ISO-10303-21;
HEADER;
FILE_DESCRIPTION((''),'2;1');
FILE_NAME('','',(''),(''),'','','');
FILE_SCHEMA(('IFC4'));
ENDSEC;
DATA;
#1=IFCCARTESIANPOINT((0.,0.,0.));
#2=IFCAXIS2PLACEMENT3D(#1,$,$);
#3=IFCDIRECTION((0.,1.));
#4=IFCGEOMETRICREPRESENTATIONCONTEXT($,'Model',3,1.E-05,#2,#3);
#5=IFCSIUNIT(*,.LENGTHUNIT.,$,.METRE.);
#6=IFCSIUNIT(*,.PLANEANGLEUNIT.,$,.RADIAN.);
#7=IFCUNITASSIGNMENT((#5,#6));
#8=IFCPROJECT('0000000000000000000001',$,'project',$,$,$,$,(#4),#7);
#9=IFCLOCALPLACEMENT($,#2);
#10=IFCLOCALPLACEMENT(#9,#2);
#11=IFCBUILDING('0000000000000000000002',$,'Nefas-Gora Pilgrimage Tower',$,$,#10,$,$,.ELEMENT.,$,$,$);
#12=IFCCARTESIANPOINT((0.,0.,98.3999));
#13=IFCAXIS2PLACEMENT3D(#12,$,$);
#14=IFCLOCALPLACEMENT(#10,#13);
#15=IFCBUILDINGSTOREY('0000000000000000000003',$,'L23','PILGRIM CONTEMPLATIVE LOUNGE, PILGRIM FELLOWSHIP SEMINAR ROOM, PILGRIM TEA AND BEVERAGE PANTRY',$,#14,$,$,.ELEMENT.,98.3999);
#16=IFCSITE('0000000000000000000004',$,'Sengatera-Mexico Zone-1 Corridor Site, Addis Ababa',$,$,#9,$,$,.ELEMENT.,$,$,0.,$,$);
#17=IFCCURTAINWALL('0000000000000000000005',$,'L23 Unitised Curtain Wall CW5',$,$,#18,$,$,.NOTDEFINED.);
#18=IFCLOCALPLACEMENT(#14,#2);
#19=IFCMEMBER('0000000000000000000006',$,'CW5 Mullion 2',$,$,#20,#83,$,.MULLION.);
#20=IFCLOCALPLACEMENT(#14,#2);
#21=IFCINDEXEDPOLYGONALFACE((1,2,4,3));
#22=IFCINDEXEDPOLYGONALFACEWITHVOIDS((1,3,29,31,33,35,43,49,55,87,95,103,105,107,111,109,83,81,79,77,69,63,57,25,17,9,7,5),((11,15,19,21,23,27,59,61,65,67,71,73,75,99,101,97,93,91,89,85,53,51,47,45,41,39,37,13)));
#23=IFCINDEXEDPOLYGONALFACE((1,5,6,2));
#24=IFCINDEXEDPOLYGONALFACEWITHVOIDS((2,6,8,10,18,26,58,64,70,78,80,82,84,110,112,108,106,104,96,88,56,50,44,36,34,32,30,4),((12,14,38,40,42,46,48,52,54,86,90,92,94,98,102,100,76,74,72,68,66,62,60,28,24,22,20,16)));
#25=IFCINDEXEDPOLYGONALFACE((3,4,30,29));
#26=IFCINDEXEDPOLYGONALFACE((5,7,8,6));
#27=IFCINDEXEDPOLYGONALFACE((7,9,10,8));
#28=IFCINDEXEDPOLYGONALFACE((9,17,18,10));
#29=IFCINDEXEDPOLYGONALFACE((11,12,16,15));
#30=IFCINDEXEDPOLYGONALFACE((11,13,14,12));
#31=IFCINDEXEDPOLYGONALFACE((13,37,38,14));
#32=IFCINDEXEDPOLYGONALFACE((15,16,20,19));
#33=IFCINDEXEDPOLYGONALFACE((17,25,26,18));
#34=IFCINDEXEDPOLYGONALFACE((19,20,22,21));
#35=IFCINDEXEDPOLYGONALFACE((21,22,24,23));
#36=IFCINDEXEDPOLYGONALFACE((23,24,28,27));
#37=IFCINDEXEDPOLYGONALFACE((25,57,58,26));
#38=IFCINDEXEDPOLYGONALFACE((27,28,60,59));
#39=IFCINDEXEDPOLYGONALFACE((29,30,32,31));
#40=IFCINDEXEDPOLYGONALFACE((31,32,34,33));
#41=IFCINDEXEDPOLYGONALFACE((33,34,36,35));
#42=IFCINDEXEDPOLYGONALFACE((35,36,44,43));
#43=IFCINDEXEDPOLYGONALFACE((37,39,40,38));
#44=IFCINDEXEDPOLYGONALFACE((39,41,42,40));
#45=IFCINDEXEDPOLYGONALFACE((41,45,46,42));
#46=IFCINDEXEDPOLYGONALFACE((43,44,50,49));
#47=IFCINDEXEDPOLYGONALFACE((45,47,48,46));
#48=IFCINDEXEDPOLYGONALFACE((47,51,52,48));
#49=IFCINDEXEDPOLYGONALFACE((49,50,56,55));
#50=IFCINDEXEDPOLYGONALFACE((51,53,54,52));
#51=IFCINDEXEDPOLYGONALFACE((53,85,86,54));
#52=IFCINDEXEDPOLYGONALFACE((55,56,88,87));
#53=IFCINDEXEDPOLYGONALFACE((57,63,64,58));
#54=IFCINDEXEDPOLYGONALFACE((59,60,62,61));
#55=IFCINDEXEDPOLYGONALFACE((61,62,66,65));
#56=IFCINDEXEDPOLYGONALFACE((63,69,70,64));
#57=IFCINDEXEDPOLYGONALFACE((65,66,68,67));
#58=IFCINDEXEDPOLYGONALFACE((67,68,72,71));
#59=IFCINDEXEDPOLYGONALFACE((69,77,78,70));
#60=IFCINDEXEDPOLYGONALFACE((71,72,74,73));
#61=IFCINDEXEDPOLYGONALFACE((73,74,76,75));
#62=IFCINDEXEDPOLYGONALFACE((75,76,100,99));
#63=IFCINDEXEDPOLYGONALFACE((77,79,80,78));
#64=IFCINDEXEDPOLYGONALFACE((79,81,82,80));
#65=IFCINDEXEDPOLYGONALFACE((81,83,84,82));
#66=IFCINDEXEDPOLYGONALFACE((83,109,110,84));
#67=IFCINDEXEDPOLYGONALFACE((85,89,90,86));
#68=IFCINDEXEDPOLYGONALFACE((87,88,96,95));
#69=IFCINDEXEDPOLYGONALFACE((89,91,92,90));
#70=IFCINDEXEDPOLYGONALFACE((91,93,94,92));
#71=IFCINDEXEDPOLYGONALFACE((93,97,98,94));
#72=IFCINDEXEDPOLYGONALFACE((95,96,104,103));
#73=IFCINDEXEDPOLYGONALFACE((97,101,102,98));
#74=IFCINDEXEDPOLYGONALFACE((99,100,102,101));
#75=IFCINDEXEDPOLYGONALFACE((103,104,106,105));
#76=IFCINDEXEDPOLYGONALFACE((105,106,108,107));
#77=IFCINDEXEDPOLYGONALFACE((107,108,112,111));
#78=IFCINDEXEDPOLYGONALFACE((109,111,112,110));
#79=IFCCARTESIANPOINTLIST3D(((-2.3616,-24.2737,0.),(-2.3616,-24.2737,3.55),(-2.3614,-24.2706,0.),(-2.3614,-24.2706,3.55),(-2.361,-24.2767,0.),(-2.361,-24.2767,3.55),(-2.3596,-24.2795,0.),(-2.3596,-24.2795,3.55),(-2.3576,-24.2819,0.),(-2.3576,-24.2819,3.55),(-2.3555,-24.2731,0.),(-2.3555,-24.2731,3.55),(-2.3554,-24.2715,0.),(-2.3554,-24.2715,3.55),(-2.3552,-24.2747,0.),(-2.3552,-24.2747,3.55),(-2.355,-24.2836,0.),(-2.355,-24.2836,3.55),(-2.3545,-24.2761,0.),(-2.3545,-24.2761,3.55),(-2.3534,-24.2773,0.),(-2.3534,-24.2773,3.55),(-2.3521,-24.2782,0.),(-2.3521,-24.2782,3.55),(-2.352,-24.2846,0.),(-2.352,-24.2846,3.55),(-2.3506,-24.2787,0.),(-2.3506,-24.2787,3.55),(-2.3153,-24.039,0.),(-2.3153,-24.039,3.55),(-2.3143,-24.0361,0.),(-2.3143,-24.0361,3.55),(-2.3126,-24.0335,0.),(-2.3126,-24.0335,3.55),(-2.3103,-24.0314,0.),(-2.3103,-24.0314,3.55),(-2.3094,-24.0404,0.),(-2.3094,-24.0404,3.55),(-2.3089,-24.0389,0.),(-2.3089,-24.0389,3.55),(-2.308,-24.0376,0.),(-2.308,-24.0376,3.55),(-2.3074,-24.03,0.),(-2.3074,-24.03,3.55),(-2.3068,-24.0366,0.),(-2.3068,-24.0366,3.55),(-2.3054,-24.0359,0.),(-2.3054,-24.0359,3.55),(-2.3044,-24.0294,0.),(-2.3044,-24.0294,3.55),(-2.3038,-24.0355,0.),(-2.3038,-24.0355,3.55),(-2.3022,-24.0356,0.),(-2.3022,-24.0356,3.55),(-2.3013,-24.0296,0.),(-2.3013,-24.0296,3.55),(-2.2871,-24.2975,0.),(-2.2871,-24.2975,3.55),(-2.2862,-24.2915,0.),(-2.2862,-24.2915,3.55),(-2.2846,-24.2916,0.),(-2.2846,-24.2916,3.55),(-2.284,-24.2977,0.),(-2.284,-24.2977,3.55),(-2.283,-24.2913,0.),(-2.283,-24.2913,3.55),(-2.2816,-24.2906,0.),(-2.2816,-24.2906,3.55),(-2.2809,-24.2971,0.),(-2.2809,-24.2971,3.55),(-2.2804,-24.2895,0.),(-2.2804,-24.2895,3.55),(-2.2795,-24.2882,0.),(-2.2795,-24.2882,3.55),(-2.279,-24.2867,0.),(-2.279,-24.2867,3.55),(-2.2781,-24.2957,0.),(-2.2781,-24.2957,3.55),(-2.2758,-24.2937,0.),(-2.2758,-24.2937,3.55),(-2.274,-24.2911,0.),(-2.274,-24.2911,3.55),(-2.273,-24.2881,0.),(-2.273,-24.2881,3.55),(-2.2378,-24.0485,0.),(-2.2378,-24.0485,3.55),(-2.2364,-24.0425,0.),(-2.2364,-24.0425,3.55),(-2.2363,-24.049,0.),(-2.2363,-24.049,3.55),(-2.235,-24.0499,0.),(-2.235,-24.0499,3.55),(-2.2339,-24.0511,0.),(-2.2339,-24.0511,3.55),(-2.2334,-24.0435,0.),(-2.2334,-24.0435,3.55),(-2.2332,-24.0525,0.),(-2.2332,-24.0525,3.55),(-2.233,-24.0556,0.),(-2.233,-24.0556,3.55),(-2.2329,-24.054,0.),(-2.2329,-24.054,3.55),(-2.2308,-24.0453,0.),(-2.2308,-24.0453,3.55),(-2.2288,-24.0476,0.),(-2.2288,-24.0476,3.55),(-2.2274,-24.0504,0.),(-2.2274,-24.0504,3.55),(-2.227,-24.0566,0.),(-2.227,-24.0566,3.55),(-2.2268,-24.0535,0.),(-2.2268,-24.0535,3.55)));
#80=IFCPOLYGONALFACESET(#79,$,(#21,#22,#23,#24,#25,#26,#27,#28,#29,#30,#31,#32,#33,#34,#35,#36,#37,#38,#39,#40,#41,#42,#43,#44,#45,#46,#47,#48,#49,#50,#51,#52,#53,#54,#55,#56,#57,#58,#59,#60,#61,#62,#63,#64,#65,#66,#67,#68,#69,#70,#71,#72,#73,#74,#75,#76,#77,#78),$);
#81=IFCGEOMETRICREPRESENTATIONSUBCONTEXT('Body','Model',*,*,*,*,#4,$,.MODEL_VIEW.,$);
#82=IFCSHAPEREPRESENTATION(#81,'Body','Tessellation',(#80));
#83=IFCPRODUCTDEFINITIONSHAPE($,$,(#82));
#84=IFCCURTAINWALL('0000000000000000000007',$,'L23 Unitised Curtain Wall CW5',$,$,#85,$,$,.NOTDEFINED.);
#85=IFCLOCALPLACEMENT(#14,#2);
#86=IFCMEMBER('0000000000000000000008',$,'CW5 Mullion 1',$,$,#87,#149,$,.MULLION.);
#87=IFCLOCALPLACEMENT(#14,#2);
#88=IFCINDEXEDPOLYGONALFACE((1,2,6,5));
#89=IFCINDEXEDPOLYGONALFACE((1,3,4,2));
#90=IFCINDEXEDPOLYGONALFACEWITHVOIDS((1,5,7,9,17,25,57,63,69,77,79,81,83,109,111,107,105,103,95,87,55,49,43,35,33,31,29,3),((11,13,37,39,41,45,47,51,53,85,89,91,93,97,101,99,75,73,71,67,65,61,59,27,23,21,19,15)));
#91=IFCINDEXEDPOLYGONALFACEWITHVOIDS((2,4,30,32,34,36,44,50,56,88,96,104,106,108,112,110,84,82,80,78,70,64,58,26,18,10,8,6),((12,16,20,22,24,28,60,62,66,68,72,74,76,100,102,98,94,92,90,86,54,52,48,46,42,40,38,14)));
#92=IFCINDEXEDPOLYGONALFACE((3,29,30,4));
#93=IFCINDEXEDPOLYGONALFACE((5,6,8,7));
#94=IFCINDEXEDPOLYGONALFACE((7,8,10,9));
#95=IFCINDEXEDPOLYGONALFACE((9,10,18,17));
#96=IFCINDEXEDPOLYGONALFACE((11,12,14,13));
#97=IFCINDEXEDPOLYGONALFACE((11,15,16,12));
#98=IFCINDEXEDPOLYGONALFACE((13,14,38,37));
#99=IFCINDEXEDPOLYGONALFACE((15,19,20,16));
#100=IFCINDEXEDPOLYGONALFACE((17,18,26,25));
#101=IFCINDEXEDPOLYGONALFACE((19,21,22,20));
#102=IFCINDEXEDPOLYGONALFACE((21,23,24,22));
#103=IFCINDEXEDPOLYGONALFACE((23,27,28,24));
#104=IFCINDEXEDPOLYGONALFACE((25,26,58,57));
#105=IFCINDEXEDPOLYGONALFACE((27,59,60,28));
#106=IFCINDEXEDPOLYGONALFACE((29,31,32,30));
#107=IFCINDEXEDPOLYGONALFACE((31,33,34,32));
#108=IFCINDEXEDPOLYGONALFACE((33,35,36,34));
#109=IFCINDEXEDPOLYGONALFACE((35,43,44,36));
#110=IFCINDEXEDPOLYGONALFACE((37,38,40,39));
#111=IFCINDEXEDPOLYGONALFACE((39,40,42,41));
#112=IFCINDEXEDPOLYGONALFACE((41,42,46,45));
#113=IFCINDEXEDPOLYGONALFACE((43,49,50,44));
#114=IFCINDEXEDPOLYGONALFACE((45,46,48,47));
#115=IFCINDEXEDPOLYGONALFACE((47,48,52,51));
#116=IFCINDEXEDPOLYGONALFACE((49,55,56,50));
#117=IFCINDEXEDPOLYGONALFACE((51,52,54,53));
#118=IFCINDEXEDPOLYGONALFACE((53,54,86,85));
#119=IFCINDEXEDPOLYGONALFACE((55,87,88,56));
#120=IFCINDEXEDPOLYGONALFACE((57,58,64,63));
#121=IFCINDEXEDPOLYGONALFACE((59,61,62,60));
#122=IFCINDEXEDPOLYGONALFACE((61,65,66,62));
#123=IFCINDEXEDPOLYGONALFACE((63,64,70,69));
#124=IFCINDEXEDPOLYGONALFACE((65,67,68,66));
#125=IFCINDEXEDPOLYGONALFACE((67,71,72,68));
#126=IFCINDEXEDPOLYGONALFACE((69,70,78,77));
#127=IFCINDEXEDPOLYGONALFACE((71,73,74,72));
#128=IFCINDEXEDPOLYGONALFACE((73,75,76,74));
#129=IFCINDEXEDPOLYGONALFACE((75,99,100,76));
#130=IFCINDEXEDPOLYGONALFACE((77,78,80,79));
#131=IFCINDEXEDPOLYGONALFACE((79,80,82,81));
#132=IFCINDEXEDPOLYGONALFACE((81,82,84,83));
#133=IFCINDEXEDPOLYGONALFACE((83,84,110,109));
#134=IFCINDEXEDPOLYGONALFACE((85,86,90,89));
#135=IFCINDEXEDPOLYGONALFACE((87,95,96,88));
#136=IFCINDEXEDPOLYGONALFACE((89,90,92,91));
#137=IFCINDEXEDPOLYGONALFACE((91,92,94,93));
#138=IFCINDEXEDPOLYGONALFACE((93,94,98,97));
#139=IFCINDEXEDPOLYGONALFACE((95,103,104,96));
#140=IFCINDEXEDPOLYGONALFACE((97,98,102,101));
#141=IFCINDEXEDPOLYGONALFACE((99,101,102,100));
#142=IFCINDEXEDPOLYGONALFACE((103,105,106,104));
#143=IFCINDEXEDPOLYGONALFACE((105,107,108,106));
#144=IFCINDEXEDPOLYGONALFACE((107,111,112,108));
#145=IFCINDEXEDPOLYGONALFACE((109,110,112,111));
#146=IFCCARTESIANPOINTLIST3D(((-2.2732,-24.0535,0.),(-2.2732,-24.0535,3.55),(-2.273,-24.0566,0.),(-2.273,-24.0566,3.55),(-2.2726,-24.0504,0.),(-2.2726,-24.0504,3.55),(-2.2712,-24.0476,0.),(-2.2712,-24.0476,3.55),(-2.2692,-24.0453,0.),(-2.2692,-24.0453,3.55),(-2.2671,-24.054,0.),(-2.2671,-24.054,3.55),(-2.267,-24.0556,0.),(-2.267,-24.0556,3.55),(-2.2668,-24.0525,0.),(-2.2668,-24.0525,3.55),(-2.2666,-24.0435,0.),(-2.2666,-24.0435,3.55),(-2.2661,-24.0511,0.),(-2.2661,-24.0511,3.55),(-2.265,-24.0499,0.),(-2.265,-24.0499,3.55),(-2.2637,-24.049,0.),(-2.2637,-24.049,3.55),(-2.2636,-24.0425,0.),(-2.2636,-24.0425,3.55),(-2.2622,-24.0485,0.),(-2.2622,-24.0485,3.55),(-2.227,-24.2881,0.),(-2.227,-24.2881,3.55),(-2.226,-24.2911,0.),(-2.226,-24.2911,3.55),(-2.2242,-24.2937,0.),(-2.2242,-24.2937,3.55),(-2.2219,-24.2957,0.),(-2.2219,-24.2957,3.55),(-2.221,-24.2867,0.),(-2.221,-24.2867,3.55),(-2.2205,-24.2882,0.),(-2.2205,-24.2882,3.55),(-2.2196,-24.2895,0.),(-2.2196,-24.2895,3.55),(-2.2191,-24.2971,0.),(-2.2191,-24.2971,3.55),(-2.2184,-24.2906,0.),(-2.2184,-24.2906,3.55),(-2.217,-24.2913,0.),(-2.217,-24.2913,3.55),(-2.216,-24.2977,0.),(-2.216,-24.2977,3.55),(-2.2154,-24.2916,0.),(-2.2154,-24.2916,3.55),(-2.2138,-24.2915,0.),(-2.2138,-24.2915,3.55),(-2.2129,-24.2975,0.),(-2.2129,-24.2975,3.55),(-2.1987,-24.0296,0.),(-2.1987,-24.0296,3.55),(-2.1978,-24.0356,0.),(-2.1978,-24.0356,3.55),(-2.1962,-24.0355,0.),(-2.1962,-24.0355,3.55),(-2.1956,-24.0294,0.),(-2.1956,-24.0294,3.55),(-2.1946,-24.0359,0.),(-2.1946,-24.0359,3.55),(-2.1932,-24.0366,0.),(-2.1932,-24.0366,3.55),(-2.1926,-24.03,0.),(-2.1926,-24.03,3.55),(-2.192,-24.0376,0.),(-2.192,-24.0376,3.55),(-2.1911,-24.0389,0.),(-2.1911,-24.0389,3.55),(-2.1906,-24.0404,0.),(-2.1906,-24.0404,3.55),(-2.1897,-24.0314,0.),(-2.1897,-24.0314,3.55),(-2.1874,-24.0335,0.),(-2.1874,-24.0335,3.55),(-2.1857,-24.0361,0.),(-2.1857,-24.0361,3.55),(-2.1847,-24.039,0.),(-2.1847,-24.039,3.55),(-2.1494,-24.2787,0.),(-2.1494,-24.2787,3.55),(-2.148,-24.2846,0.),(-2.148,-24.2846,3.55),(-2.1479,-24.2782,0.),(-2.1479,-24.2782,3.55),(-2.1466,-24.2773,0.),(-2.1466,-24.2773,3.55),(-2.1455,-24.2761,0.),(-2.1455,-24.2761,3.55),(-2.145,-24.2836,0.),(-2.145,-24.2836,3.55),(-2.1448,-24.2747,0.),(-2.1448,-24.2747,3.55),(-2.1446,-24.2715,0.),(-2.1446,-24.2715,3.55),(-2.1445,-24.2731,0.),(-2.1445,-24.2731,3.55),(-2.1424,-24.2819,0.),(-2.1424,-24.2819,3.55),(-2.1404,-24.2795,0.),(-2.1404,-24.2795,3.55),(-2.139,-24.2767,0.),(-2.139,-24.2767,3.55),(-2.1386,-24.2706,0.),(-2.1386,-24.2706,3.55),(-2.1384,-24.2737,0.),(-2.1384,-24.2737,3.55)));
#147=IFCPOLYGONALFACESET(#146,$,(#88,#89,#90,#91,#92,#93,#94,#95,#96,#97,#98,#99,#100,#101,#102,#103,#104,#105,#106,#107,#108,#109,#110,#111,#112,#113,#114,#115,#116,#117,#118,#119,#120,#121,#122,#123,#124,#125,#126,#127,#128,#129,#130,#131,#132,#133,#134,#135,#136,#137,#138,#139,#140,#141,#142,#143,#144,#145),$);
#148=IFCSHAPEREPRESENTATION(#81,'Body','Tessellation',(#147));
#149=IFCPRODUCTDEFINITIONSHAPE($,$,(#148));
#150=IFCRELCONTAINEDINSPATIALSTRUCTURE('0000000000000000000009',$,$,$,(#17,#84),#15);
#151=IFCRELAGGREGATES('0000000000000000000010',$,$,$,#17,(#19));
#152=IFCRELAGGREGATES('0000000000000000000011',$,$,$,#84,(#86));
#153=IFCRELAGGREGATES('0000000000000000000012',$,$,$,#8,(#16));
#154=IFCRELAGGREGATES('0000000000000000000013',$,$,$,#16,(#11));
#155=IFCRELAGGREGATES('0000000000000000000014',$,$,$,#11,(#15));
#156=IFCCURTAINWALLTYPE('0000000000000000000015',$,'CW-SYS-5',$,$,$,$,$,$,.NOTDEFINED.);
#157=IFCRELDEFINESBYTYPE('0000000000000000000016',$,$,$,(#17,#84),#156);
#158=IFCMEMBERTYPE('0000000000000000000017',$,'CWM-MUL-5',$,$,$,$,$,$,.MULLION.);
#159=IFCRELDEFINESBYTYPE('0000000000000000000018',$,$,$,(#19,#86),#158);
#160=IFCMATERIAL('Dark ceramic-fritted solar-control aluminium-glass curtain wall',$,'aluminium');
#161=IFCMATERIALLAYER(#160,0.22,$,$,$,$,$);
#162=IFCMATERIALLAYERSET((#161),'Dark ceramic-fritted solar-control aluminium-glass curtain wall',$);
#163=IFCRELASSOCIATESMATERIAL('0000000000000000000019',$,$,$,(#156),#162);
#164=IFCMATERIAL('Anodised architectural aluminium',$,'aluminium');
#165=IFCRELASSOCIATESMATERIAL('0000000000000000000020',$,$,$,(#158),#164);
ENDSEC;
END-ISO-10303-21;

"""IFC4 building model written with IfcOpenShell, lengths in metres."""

from ifc_helpers import new_model, si_unit, direction, frame, origin, origin_2d, place, context, subcontext, project, spatial, hollow_rectangle, extrude, source, transform, mapped, material, layer, layer_set, material_profile, profile_set, type_object, element, aggregate, save


model = new_model("IFC4")

# Units and contexts
model_context = context("Model", 3, precision=1e-05, world=origin(), true_north=direction((0.0, 1.0)))
body_context = subcontext(model_context, "Body", "Model", "MODEL_VIEW")
ifc_project = project(units=[si_unit("LENGTHUNIT", "METRE"), si_unit("PLANEANGLEUNIT", "RADIAN")], contexts=[model_context])

# Site, building, storey
site_placement = place(None, origin())
site = spatial("IfcSite", under=ifc_project, at=site_placement, Name="Sengatera-Mexico Zone-1 Corridor Site, Addis Ababa", CompositionType="ELEMENT", RefElevation=0.0)
building_placement = place(site_placement, origin())
building = spatial("IfcBuilding", under=site, at=building_placement, Name="Nefas-Gora Pilgrimage Tower", CompositionType="ELEMENT")
storey_placement = place(building_placement, frame((0.0, 0.0, 98.3999)))
storey = spatial("IfcBuildingStorey", under=building, at=storey_placement, Name="L23", Description="PILGRIM CONTEMPLATIVE LOUNGE, PILGRIM FELLOWSHIP SEMINAR ROOM, PILGRIM TEA AND BEVERAGE PANTRY", CompositionType="ELEMENT", Elevation=98.3999)

# Shared definitions
ifc_material_1 = material(Name="Dark ceramic-fritted solar-control aluminium-glass curtain wall", Category="aluminium")
ifc_layer_1 = layer(ifc_material_1, 0.22)
ifc_layer_set_1 = layer_set([ifc_layer_1], Name="Dark ceramic-fritted solar-control aluminium-glass curtain wall")
curtain_wall_type = type_object("IfcCurtainWallType", Name="CW-SYS-5", PredefinedType="NOTDEFINED", material=ifc_layer_set_1)
ifc_material_2 = material(Name="Anodised architectural aluminium", Category="aluminium")
ifc_material_profile_1 = material_profile(ifc_material_2, hollow_rectangle(XDim=0.0901, YDim=0.26, WallThickness=0.0061, InnerFilletRadius=0.0061, OuterFilletRadius=0.012, at=origin_2d()), Name="ALU MULLION 90x260")
ifc_profile_set_1 = profile_set([ifc_material_profile_1], Name="Anodised architectural aluminium")
member_type_1 = type_object("IfcMemberType", Name="CWM-MUL-5", PredefinedType="MULLION", material=ifc_profile_set_1)
shared_shape_1 = source(origin(), body_context, "Body", "SweptSolid", [
    extrude(hollow_rectangle(XDim=0.0901, YDim=0.26, WallThickness=0.0061, InnerFilletRadius=0.0061, OuterFilletRadius=0.012, at=origin_2d()), origin(), (0.0, 0.0, 1.0), 3.55),
])

# Curtain wall, member
curtain_wall_1_placement = place(storey_placement, origin())
curtain_wall_1 = element("IfcCurtainWall", 1, at=curtain_wall_1_placement, inside=storey, type_object=curtain_wall_type, Name="L23 Unitised Curtain Wall CW5", PredefinedType="NOTDEFINED")
member_1_placement = place(storey_placement, frame((-2.2942, -24.1636, 0.0), z_axis=(0.0, 0.0, 1.0), x_axis=(0.980783, -0.195102, 0.0)))
member_1 = element("IfcMember", 2, at=member_1_placement, type_object=member_type_1, Name="CW5 Mullion 2", PredefinedType="MULLION", context=body_context, shape_type="MappedRepresentation", body=[
    mapped(shared_shape_1, transform((0.0, 0.0, 0.0), x_axis=(1.0, 0.0, 0.0), y_axis=(0.0, 1.0, 0.0), z_axis=(0.0, 0.0, 1.0), scale=1.0)),
])

# Curtain wall, member
curtain_wall_2_placement = place(storey_placement, origin())
curtain_wall_2 = element("IfcCurtainWall", 3, at=curtain_wall_2_placement, inside=storey, type_object=curtain_wall_type, Name="L23 Unitised Curtain Wall CW5", PredefinedType="NOTDEFINED")
member_2_placement = place(storey_placement, frame((-2.2058, -24.1636, 0.0), z_axis=(0.0, 0.0, 1.0), x_axis=(0.980783, 0.195102, 0.0)))
member_2 = element("IfcMember", 4, at=member_2_placement, type_object=member_type_1, Name="CW5 Mullion 1", PredefinedType="MULLION", context=body_context, shape_type="MappedRepresentation", body=[
    mapped(shared_shape_1, transform((0.0, 0.0, 0.0), x_axis=(1.0, 0.0, 0.0), y_axis=(0.0, 1.0, 0.0), z_axis=(0.0, 0.0, 1.0), scale=1.0)),
])

aggregate(curtain_wall_1, [member_1])
aggregate(curtain_wall_2, [member_2])

save(model, "model.ifc")
